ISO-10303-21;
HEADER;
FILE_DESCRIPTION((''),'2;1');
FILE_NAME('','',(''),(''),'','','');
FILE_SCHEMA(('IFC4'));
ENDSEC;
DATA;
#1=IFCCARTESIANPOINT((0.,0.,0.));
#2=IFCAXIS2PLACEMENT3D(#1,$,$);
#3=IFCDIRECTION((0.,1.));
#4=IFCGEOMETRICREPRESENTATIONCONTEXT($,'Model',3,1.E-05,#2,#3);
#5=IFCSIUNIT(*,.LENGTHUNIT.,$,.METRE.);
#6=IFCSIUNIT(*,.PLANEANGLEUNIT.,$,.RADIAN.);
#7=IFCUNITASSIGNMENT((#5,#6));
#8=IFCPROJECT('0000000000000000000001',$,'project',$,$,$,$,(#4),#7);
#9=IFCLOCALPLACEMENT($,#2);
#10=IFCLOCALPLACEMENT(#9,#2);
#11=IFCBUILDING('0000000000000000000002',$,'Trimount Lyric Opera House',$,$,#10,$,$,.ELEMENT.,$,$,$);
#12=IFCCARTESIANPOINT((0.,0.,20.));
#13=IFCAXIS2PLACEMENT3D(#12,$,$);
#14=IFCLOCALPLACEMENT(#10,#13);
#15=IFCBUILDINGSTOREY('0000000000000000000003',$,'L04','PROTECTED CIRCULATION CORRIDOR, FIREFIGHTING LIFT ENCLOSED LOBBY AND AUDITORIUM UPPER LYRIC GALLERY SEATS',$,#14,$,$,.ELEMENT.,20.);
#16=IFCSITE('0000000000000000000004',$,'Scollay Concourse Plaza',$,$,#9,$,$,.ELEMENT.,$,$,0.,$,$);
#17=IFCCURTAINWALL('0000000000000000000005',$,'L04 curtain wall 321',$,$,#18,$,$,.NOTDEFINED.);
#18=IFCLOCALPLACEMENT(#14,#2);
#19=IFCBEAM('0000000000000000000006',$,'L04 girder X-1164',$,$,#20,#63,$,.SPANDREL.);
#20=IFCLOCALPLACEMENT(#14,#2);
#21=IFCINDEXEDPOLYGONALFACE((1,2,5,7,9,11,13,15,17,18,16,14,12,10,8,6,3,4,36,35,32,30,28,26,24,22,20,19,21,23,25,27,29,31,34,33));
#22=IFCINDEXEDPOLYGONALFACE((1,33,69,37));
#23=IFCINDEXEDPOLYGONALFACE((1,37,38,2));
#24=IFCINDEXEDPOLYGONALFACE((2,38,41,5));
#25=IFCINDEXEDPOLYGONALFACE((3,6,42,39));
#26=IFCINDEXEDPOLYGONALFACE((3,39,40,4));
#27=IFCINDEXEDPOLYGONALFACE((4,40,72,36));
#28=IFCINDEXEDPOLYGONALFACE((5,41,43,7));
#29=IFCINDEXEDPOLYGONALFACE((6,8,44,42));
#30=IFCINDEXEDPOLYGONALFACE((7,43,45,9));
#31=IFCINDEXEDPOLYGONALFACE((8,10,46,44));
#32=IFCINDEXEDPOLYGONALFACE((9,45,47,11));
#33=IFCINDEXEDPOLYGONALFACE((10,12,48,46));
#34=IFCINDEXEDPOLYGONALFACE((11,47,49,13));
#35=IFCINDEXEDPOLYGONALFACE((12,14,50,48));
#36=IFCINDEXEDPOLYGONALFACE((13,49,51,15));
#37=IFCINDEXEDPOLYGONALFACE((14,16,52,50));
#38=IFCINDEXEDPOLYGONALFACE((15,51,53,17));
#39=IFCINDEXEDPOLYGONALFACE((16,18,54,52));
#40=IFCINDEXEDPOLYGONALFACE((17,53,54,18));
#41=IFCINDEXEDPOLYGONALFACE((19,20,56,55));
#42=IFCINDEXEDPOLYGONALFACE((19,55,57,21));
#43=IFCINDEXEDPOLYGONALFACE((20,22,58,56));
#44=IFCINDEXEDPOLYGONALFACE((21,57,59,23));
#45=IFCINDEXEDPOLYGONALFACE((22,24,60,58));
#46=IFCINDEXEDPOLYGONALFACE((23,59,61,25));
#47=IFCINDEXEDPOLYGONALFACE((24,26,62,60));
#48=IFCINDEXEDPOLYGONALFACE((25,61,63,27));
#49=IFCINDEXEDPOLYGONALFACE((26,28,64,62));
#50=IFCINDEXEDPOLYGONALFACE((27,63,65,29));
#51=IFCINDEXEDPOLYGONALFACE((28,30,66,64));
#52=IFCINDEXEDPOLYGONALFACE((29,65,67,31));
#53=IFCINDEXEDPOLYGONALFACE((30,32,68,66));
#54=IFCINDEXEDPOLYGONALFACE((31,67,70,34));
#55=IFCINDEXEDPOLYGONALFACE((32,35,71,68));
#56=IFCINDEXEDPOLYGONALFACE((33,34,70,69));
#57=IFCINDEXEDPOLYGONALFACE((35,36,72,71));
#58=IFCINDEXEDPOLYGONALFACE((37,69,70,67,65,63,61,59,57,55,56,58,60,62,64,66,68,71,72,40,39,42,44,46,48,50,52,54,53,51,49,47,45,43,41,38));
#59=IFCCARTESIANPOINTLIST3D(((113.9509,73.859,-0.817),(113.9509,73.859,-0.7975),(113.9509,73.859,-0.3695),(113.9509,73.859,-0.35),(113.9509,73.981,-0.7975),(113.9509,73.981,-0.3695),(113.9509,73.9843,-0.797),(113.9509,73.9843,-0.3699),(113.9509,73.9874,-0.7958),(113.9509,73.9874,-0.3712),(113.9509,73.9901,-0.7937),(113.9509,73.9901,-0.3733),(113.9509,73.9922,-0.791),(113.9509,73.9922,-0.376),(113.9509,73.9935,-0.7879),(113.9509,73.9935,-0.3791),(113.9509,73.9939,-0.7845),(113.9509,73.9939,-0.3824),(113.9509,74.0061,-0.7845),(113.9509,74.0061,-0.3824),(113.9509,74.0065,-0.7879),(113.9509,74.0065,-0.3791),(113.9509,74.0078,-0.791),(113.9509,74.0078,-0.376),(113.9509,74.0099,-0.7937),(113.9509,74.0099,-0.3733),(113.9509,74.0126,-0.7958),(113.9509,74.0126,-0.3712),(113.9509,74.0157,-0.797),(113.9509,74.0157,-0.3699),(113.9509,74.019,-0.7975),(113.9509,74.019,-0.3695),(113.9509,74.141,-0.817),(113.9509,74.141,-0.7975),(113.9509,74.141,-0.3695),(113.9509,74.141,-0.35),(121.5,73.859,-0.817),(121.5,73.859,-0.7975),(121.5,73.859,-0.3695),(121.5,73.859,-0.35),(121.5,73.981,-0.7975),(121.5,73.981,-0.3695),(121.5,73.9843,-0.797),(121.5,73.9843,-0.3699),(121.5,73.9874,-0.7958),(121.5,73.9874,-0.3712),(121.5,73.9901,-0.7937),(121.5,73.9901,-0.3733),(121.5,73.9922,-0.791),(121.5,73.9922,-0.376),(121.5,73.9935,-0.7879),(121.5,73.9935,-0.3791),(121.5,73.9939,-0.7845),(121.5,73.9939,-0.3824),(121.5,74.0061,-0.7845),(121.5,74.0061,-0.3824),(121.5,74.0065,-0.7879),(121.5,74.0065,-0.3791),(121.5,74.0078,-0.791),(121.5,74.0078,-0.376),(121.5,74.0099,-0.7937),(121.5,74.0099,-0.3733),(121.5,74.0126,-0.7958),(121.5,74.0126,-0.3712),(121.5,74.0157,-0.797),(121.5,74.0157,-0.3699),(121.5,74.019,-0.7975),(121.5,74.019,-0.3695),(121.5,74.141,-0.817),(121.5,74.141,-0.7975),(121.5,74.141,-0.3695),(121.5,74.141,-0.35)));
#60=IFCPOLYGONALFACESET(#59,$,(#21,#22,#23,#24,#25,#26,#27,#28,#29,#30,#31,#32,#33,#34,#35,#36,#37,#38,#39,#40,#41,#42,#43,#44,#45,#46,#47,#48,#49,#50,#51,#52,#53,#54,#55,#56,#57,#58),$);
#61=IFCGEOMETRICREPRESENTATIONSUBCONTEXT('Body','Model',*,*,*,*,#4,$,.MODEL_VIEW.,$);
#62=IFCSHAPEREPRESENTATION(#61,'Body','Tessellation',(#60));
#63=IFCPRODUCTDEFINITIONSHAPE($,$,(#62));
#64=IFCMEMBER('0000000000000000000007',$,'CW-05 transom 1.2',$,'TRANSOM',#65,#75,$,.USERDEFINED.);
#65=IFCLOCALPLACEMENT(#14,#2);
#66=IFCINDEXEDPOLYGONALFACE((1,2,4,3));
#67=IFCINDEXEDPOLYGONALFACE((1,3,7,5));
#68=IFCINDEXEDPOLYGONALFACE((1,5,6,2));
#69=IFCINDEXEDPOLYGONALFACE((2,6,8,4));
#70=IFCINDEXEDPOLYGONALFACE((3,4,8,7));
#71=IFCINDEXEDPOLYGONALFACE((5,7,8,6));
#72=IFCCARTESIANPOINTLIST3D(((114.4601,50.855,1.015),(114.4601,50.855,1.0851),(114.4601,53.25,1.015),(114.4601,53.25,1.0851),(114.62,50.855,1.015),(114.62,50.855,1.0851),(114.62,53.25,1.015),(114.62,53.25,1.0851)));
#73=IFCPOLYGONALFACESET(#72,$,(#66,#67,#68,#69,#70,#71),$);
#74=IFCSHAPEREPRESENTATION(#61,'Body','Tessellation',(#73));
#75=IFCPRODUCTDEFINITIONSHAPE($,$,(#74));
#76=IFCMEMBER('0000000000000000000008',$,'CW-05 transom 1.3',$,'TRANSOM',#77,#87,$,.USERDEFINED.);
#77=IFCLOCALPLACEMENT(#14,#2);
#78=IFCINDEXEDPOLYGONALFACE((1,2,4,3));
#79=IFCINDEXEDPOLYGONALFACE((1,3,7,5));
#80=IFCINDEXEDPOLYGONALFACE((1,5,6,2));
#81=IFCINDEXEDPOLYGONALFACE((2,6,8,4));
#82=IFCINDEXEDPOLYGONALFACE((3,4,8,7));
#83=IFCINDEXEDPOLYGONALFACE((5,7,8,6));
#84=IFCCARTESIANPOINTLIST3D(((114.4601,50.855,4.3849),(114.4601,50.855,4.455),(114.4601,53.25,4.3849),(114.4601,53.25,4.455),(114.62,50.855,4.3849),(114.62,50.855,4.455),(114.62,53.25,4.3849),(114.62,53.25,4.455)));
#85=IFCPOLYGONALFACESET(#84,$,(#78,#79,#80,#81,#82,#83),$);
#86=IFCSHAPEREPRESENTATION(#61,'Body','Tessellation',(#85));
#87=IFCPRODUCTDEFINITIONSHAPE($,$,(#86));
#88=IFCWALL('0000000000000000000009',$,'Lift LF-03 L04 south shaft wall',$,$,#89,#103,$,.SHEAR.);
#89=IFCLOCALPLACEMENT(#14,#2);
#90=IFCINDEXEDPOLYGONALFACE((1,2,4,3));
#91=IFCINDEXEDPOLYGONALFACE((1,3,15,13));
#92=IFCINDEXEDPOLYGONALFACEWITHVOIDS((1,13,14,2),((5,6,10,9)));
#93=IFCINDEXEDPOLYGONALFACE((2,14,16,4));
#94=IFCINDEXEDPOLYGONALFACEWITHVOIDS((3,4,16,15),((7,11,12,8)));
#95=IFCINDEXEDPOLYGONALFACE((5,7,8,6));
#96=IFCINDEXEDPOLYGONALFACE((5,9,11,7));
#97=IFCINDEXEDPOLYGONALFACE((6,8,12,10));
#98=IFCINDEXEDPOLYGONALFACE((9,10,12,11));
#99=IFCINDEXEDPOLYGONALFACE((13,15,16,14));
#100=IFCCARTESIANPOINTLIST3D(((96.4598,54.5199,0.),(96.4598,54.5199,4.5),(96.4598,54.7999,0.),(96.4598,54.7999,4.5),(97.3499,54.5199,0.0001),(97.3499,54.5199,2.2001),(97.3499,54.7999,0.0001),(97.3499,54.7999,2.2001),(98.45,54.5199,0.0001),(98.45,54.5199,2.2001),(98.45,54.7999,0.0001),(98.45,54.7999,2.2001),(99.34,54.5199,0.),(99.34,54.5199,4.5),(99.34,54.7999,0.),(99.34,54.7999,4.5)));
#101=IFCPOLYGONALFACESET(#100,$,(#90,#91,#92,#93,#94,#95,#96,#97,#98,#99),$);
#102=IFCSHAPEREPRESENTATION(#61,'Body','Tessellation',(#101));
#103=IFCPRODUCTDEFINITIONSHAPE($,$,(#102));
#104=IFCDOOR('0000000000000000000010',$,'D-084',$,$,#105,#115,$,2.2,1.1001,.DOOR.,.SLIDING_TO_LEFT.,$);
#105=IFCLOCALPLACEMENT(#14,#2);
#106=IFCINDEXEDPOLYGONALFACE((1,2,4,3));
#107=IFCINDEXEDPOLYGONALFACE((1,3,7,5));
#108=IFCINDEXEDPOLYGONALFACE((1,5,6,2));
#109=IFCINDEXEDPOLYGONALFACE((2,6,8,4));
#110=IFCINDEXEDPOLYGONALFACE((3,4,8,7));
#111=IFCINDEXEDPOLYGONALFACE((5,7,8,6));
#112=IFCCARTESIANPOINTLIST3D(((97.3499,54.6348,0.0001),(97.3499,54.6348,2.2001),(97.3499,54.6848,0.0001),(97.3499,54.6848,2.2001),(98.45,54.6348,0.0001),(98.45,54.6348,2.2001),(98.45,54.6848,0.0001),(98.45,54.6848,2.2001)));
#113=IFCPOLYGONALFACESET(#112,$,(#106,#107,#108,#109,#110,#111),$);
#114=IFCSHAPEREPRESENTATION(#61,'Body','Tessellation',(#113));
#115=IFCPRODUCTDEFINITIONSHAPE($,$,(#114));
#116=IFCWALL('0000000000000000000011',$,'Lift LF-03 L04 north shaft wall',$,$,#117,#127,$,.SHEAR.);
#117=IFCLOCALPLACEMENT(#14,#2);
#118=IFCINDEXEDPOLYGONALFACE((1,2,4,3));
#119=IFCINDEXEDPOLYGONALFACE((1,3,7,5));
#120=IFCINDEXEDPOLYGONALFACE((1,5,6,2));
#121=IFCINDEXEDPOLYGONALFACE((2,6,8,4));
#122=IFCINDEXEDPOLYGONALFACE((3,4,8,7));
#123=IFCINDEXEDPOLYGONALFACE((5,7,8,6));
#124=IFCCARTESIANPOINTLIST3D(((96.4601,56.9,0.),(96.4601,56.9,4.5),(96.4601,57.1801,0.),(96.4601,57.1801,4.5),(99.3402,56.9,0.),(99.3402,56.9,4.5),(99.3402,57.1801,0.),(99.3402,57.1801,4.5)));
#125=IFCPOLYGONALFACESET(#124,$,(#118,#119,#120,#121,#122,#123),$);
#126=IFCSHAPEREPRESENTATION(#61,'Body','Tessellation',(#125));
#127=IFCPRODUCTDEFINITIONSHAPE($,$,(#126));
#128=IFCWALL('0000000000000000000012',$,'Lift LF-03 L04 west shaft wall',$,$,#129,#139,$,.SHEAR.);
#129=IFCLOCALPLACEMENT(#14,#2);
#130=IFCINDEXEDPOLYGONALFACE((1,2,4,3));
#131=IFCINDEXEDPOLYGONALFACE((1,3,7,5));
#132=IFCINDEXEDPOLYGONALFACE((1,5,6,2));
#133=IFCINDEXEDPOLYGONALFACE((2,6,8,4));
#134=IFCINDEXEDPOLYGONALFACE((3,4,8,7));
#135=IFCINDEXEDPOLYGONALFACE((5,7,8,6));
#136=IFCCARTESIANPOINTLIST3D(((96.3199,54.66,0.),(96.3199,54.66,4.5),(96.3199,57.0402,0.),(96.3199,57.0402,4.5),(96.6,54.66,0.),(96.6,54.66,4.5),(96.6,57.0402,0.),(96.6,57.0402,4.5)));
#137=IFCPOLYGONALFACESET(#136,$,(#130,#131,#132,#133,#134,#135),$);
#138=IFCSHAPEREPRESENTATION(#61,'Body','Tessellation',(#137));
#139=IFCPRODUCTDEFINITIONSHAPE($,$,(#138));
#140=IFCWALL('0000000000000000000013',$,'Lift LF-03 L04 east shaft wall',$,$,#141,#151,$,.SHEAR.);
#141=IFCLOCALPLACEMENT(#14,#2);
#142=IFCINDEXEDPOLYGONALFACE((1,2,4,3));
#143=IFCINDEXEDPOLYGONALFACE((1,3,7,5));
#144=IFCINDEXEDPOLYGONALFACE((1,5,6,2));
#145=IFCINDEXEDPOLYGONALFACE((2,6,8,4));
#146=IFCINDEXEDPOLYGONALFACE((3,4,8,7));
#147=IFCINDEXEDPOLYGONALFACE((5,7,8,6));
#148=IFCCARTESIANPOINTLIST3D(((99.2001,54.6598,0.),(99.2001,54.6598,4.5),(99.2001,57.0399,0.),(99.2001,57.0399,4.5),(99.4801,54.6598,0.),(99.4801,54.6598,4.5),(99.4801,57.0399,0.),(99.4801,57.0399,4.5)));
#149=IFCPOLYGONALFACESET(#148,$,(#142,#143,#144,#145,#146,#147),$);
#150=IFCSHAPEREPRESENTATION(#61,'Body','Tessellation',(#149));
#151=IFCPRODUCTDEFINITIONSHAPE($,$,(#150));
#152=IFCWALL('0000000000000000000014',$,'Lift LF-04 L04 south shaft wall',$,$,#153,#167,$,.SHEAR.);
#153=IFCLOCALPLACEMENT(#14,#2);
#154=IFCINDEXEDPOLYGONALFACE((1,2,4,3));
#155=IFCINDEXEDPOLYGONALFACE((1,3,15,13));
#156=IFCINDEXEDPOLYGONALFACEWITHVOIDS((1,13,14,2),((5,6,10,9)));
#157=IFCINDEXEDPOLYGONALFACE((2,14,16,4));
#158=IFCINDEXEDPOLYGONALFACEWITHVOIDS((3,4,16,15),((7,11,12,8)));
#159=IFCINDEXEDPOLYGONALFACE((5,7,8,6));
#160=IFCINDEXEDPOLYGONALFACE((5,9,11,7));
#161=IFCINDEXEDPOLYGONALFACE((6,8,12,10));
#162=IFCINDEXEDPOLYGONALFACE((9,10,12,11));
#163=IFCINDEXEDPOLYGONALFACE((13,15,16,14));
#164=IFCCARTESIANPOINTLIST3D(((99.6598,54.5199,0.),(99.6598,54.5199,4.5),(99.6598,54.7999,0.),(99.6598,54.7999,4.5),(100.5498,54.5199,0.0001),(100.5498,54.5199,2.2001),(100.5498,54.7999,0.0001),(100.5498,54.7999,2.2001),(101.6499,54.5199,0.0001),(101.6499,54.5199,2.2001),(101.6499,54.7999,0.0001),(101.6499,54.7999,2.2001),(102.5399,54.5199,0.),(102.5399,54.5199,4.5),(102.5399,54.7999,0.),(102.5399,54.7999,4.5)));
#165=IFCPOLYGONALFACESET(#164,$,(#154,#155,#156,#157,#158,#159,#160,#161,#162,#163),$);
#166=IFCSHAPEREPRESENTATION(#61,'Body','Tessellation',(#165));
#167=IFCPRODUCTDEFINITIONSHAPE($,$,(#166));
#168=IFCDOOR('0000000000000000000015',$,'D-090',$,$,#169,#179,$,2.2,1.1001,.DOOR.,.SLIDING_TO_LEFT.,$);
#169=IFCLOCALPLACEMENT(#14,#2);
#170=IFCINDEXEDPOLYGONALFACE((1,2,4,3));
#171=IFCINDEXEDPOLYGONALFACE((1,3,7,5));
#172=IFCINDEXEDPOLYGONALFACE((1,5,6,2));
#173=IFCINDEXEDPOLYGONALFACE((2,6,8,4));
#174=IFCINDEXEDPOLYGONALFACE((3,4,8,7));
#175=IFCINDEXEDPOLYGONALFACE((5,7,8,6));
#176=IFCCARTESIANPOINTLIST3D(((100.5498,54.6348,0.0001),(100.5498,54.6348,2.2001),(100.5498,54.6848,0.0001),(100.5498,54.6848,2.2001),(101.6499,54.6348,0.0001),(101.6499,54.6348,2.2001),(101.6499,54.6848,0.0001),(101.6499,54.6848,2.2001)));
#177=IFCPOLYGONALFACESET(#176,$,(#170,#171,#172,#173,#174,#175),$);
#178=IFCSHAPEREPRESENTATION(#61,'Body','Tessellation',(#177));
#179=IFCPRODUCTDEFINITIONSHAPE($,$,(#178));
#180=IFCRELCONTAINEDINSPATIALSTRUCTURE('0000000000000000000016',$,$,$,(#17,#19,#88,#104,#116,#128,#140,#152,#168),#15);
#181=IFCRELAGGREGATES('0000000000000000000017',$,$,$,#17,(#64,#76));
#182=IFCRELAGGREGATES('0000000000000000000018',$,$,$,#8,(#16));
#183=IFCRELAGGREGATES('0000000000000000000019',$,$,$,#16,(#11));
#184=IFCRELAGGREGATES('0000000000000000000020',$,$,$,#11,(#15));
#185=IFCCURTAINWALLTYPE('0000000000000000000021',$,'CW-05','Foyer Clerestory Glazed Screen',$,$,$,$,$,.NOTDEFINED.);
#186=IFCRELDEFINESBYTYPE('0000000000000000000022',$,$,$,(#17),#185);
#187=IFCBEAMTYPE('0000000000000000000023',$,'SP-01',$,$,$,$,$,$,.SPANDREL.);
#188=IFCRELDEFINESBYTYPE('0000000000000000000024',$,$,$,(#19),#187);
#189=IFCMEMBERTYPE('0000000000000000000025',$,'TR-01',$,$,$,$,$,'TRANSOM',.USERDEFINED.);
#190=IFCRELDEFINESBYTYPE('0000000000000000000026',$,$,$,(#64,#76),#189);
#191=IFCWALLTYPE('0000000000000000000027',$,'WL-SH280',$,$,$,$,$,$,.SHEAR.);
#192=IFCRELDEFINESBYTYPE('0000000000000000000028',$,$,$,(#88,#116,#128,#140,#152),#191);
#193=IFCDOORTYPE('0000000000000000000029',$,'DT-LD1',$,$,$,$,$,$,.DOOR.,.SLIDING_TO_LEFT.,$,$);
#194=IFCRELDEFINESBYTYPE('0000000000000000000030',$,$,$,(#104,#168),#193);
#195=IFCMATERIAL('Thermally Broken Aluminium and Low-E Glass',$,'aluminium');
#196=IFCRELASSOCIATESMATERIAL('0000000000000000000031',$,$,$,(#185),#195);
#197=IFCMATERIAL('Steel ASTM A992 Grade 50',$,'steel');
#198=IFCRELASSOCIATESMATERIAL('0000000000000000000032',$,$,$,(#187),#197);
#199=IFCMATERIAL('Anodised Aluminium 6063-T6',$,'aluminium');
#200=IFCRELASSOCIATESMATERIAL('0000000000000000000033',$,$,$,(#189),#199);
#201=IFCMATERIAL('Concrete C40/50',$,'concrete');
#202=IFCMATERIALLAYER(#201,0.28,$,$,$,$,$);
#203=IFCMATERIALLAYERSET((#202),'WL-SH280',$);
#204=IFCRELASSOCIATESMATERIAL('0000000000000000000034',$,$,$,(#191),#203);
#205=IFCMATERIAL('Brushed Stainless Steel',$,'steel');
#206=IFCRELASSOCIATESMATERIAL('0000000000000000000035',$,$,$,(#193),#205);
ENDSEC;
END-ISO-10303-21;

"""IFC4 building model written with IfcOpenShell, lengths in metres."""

from ifc_helpers import new_model, si_unit, direction, frame, frame_2d, origin, origin_2d, place, context, subcontext, project, spatial, rectangle, i_section, extrude, material, layer, layer_set, material_profile, profile_set, type_object, element, fill, aggregate, save


model = new_model("IFC4")

# Units and contexts
model_context = context("Model", 3, precision=1e-05, world=origin(), true_north=direction((0.0, 1.0)))
body_context = subcontext(model_context, "Body", "Model", "MODEL_VIEW")
ifc_project = project(units=[si_unit("LENGTHUNIT", "METRE"), si_unit("PLANEANGLEUNIT", "RADIAN")], contexts=[model_context])

# Site, building, storey
site_placement = place(None, origin())
site = spatial("IfcSite", under=ifc_project, at=site_placement, Name="Scollay Concourse Plaza", CompositionType="ELEMENT", RefElevation=0.0)
building_placement = place(site_placement, origin())
building = spatial("IfcBuilding", under=site, at=building_placement, Name="Trimount Lyric Opera House", CompositionType="ELEMENT")
storey_placement = place(building_placement, frame((0.0, 0.0, 20.0)))
storey = spatial("IfcBuildingStorey", under=building, at=storey_placement, Name="L04", Description="PROTECTED CIRCULATION CORRIDOR, FIREFIGHTING LIFT ENCLOSED LOBBY AND AUDITORIUM UPPER LYRIC GALLERY SEATS", CompositionType="ELEMENT", Elevation=20.0)

# Curtain wall
ifc_material_1 = material(Name="Thermally Broken Aluminium and Low-E Glass", Category="aluminium")
curtain_wall_type = type_object("IfcCurtainWallType", Name="CW-05", Description="Foyer Clerestory Glazed Screen", PredefinedType="NOTDEFINED", material=ifc_material_1)
curtain_wall_placement = place(storey_placement, origin())
curtain_wall = element("IfcCurtainWall", 1, at=curtain_wall_placement, inside=storey, type_object=curtain_wall_type, Name="L04 curtain wall 321", PredefinedType="NOTDEFINED")

# Beam
ifc_material_2 = material(Name="Steel ASTM A992 Grade 50", Category="steel")
ifc_material_profile_1 = material_profile(ifc_material_2, i_section(OverallWidth=0.282, OverallDepth=0.467, WebThickness=0.0122, FlangeThickness=0.0195, FilletRadius=0.0129, at=origin_2d()), Name="W18X86")
ifc_profile_set_1 = profile_set([ifc_material_profile_1], Name="Steel ASTM A992 Grade 50")
beam_type_1 = type_object("IfcBeamType", Name="SP-01", PredefinedType="SPANDREL", material=ifc_profile_set_1)
beam_1_placement = place(storey_placement, frame((113.9509, 74.0, -0.5835), z_axis=(1.0, 0.0, 0.0), x_axis=(0.0, 1.0, 0.0)))
element("IfcBeam", 2, at=beam_1_placement, inside=storey, type_object=beam_type_1, Name="L04 girder X-1164", PredefinedType="SPANDREL", context=body_context, shape_type="SweptSolid", body=[
    extrude(i_section(OverallWidth=0.282, OverallDepth=0.467, WebThickness=0.0122, FlangeThickness=0.0195, FilletRadius=0.0129, at=origin_2d()), origin(), (0.0, 0.0, 1.0), 7.5491),
])

# Members
ifc_material_3 = material(Name="Anodised Aluminium 6063-T6", Category="aluminium")
ifc_material_profile_2 = material_profile(ifc_material_3, rectangle(XDim=0.1599, YDim=0.0701, at=origin_2d()), Name="ALU-TRAN-70X160")
ifc_profile_set_2 = profile_set([ifc_material_profile_2], Name="Anodised Aluminium 6063-T6")
member_type_1 = type_object("IfcMemberType", Name="TR-01", ElementType="TRANSOM", PredefinedType="USERDEFINED", material=ifc_profile_set_2)
member_1_placement = place(storey_placement, frame((114.54, 53.25, 1.05), z_axis=(0.0, -1.0, 0.0), x_axis=(1.0, 0.0, 0.0)))
member_1 = element("IfcMember", 3, at=member_1_placement, type_object=member_type_1, Name="CW-05 transom 1.2", ObjectType="TRANSOM", PredefinedType="USERDEFINED", context=body_context, shape_type="SweptSolid", body=[
    extrude(rectangle(XDim=0.1599, YDim=0.0701, at=origin_2d()), origin(), (0.0, 0.0, 1.0), 2.395),
])
member_2_placement = place(storey_placement, frame((114.54, 53.25, 4.4199), z_axis=(0.0, -1.0, 0.0), x_axis=(1.0, 0.0, 0.0)))
member_2 = element("IfcMember", 4, at=member_2_placement, type_object=member_type_1, Name="CW-05 transom 1.3", ObjectType="TRANSOM", PredefinedType="USERDEFINED", context=body_context, shape_type="SweptSolid", body=[
    extrude(rectangle(XDim=0.1599, YDim=0.0701, at=origin_2d()), origin(), (0.0, 0.0, 1.0), 2.395),
])
aggregate(curtain_wall, [member_1, member_2])

# Wall, opening, door
ifc_material_4 = material(Name="Concrete C40/50", Category="concrete")
ifc_layer_1 = layer(ifc_material_4, 0.28)
ifc_layer_set_1 = layer_set([ifc_layer_1], Name="WL-SH280")
wall_type_1 = type_object("IfcWallType", Name="WL-SH280", PredefinedType="SHEAR", material=ifc_layer_set_1)
wall_1_placement = place(storey_placement, frame((96.46, 54.6599, 0.0), z_axis=(0.0, 0.0, 1.0), x_axis=(1.0, 0.0, 0.0)))
wall_1 = element("IfcWall", 5, at=wall_1_placement, inside=storey, type_object=wall_type_1, Name="Lift LF-03 L04 south shaft wall", PredefinedType="SHEAR", context=body_context, shape_type="SweptSolid", body=[
    extrude(rectangle(XDim=2.8801, YDim=0.28, at=frame_2d((1.4399, 0.0))), origin(), (0.0, 0.0, 1.0), 4.5),
])
opening_1_placement = place(wall_1_placement, frame((0.8899, 0.0, 0.0)))
opening_1 = element("IfcOpeningElement", 6, at=opening_1_placement, cuts=wall_1, PredefinedType="OPENING", context=body_context, shape_type="SweptSolid", body=[
    extrude(rectangle(XDim=1.1001, YDim=2.2, at=frame_2d((0.55, 1.1001))), frame((0.0, 0.1499, 0.0), z_axis=(0.0, -1.0, 0.0), x_axis=(1.0, 0.0, 0.0)), (0.0, 0.0, 1.0), 0.3),
])
ifc_material_5 = material(Name="Brushed Stainless Steel", Category="steel")
door_type_1 = type_object("IfcDoorType", Name="DT-LD1", OperationType="SLIDING_TO_LEFT", PredefinedType="DOOR", material=ifc_material_5)
door_1_placement = place(opening_1_placement, origin())
door_1 = element("IfcDoor", 7, at=door_1_placement, inside=storey, type_object=door_type_1, Name="D-084", OperationType="SLIDING_TO_LEFT", OverallHeight=2.2, OverallWidth=1.1001, PredefinedType="DOOR", context=body_context, shape_type="SweptSolid", body=[
    extrude(rectangle(XDim=1.1001, YDim=2.2, at=frame_2d((0.55, 1.1001))), frame((0.0, 0.0249, 0.0), z_axis=(0.0, -1.0, 0.0), x_axis=(1.0, 0.0, 0.0)), (0.0, 0.0, 1.0), 0.05),
])
fill(opening_1, door_1)

# Walls
wall_2_placement = place(storey_placement, frame((99.3401, 57.04, 0.0), z_axis=(0.0, 0.0, 1.0), x_axis=(-1.0, 0.0, 0.0)))
element("IfcWall", 8, at=wall_2_placement, inside=storey, type_object=wall_type_1, Name="Lift LF-03 L04 north shaft wall", PredefinedType="SHEAR", context=body_context, shape_type="SweptSolid", body=[
    extrude(rectangle(XDim=2.8801, YDim=0.28, at=frame_2d((1.4399, 0.0))), origin(), (0.0, 0.0, 1.0), 4.5),
])
for number, where, z_axis, x_axis, name in (
    (9, (96.46, 57.04, 0.0), (0.0, 0.0, 1.0), (0.0, -1.0, 0.0), "Lift LF-03 L04 west shaft wall"),
    (10, (99.3401, 54.6599, 0.0), (0.0, 0.0, 1.0), (0.0, 1.0, 0.0), "Lift LF-03 L04 east shaft wall"),
):
    element("IfcWall", number, at=place(storey_placement, frame(where, z_axis=z_axis, x_axis=x_axis)), inside=storey, type_object=wall_type_1, Name=name, PredefinedType="SHEAR", context=body_context, shape_type="SweptSolid", body=[
        extrude(rectangle(XDim=2.3801, YDim=0.28, at=frame_2d((1.1899, 0.0))), origin(), (0.0, 0.0, 1.0), 4.5),
    ])

# Wall, opening, door
wall_3_placement = place(storey_placement, frame((99.6599, 54.6599, 0.0), z_axis=(0.0, 0.0, 1.0), x_axis=(1.0, 0.0, 0.0)))
wall_3 = element("IfcWall", 11, at=wall_3_placement, inside=storey, type_object=wall_type_1, Name="Lift LF-04 L04 south shaft wall", PredefinedType="SHEAR", context=body_context, shape_type="SweptSolid", body=[
    extrude(rectangle(XDim=2.8801, YDim=0.28, at=frame_2d((1.4399, 0.0))), origin(), (0.0, 0.0, 1.0), 4.5),
])
opening_2_placement = place(wall_3_placement, frame((0.8899, 0.0, 0.0)))
opening_2 = element("IfcOpeningElement", 12, at=opening_2_placement, cuts=wall_3, PredefinedType="OPENING", context=body_context, shape_type="SweptSolid", body=[
    extrude(rectangle(XDim=1.1001, YDim=2.2, at=frame_2d((0.55, 1.1001))), frame((0.0, 0.1499, 0.0), z_axis=(0.0, -1.0, 0.0), x_axis=(1.0, 0.0, 0.0)), (0.0, 0.0, 1.0), 0.3),
])
door_2_placement = place(opening_2_placement, origin())
door_2 = element("IfcDoor", 13, at=door_2_placement, inside=storey, type_object=door_type_1, Name="D-090", OperationType="SLIDING_TO_LEFT", OverallHeight=2.2, OverallWidth=1.1001, PredefinedType="DOOR", context=body_context, shape_type="SweptSolid", body=[
    extrude(rectangle(XDim=1.1001, YDim=2.2, at=frame_2d((0.55, 1.1001))), frame((0.0, 0.0249, 0.0), z_axis=(0.0, -1.0, 0.0), x_axis=(1.0, 0.0, 0.0)), (0.0, 0.0, 1.0), 0.05),
])
fill(opening_2, door_2)

save(model, "model.ifc")
